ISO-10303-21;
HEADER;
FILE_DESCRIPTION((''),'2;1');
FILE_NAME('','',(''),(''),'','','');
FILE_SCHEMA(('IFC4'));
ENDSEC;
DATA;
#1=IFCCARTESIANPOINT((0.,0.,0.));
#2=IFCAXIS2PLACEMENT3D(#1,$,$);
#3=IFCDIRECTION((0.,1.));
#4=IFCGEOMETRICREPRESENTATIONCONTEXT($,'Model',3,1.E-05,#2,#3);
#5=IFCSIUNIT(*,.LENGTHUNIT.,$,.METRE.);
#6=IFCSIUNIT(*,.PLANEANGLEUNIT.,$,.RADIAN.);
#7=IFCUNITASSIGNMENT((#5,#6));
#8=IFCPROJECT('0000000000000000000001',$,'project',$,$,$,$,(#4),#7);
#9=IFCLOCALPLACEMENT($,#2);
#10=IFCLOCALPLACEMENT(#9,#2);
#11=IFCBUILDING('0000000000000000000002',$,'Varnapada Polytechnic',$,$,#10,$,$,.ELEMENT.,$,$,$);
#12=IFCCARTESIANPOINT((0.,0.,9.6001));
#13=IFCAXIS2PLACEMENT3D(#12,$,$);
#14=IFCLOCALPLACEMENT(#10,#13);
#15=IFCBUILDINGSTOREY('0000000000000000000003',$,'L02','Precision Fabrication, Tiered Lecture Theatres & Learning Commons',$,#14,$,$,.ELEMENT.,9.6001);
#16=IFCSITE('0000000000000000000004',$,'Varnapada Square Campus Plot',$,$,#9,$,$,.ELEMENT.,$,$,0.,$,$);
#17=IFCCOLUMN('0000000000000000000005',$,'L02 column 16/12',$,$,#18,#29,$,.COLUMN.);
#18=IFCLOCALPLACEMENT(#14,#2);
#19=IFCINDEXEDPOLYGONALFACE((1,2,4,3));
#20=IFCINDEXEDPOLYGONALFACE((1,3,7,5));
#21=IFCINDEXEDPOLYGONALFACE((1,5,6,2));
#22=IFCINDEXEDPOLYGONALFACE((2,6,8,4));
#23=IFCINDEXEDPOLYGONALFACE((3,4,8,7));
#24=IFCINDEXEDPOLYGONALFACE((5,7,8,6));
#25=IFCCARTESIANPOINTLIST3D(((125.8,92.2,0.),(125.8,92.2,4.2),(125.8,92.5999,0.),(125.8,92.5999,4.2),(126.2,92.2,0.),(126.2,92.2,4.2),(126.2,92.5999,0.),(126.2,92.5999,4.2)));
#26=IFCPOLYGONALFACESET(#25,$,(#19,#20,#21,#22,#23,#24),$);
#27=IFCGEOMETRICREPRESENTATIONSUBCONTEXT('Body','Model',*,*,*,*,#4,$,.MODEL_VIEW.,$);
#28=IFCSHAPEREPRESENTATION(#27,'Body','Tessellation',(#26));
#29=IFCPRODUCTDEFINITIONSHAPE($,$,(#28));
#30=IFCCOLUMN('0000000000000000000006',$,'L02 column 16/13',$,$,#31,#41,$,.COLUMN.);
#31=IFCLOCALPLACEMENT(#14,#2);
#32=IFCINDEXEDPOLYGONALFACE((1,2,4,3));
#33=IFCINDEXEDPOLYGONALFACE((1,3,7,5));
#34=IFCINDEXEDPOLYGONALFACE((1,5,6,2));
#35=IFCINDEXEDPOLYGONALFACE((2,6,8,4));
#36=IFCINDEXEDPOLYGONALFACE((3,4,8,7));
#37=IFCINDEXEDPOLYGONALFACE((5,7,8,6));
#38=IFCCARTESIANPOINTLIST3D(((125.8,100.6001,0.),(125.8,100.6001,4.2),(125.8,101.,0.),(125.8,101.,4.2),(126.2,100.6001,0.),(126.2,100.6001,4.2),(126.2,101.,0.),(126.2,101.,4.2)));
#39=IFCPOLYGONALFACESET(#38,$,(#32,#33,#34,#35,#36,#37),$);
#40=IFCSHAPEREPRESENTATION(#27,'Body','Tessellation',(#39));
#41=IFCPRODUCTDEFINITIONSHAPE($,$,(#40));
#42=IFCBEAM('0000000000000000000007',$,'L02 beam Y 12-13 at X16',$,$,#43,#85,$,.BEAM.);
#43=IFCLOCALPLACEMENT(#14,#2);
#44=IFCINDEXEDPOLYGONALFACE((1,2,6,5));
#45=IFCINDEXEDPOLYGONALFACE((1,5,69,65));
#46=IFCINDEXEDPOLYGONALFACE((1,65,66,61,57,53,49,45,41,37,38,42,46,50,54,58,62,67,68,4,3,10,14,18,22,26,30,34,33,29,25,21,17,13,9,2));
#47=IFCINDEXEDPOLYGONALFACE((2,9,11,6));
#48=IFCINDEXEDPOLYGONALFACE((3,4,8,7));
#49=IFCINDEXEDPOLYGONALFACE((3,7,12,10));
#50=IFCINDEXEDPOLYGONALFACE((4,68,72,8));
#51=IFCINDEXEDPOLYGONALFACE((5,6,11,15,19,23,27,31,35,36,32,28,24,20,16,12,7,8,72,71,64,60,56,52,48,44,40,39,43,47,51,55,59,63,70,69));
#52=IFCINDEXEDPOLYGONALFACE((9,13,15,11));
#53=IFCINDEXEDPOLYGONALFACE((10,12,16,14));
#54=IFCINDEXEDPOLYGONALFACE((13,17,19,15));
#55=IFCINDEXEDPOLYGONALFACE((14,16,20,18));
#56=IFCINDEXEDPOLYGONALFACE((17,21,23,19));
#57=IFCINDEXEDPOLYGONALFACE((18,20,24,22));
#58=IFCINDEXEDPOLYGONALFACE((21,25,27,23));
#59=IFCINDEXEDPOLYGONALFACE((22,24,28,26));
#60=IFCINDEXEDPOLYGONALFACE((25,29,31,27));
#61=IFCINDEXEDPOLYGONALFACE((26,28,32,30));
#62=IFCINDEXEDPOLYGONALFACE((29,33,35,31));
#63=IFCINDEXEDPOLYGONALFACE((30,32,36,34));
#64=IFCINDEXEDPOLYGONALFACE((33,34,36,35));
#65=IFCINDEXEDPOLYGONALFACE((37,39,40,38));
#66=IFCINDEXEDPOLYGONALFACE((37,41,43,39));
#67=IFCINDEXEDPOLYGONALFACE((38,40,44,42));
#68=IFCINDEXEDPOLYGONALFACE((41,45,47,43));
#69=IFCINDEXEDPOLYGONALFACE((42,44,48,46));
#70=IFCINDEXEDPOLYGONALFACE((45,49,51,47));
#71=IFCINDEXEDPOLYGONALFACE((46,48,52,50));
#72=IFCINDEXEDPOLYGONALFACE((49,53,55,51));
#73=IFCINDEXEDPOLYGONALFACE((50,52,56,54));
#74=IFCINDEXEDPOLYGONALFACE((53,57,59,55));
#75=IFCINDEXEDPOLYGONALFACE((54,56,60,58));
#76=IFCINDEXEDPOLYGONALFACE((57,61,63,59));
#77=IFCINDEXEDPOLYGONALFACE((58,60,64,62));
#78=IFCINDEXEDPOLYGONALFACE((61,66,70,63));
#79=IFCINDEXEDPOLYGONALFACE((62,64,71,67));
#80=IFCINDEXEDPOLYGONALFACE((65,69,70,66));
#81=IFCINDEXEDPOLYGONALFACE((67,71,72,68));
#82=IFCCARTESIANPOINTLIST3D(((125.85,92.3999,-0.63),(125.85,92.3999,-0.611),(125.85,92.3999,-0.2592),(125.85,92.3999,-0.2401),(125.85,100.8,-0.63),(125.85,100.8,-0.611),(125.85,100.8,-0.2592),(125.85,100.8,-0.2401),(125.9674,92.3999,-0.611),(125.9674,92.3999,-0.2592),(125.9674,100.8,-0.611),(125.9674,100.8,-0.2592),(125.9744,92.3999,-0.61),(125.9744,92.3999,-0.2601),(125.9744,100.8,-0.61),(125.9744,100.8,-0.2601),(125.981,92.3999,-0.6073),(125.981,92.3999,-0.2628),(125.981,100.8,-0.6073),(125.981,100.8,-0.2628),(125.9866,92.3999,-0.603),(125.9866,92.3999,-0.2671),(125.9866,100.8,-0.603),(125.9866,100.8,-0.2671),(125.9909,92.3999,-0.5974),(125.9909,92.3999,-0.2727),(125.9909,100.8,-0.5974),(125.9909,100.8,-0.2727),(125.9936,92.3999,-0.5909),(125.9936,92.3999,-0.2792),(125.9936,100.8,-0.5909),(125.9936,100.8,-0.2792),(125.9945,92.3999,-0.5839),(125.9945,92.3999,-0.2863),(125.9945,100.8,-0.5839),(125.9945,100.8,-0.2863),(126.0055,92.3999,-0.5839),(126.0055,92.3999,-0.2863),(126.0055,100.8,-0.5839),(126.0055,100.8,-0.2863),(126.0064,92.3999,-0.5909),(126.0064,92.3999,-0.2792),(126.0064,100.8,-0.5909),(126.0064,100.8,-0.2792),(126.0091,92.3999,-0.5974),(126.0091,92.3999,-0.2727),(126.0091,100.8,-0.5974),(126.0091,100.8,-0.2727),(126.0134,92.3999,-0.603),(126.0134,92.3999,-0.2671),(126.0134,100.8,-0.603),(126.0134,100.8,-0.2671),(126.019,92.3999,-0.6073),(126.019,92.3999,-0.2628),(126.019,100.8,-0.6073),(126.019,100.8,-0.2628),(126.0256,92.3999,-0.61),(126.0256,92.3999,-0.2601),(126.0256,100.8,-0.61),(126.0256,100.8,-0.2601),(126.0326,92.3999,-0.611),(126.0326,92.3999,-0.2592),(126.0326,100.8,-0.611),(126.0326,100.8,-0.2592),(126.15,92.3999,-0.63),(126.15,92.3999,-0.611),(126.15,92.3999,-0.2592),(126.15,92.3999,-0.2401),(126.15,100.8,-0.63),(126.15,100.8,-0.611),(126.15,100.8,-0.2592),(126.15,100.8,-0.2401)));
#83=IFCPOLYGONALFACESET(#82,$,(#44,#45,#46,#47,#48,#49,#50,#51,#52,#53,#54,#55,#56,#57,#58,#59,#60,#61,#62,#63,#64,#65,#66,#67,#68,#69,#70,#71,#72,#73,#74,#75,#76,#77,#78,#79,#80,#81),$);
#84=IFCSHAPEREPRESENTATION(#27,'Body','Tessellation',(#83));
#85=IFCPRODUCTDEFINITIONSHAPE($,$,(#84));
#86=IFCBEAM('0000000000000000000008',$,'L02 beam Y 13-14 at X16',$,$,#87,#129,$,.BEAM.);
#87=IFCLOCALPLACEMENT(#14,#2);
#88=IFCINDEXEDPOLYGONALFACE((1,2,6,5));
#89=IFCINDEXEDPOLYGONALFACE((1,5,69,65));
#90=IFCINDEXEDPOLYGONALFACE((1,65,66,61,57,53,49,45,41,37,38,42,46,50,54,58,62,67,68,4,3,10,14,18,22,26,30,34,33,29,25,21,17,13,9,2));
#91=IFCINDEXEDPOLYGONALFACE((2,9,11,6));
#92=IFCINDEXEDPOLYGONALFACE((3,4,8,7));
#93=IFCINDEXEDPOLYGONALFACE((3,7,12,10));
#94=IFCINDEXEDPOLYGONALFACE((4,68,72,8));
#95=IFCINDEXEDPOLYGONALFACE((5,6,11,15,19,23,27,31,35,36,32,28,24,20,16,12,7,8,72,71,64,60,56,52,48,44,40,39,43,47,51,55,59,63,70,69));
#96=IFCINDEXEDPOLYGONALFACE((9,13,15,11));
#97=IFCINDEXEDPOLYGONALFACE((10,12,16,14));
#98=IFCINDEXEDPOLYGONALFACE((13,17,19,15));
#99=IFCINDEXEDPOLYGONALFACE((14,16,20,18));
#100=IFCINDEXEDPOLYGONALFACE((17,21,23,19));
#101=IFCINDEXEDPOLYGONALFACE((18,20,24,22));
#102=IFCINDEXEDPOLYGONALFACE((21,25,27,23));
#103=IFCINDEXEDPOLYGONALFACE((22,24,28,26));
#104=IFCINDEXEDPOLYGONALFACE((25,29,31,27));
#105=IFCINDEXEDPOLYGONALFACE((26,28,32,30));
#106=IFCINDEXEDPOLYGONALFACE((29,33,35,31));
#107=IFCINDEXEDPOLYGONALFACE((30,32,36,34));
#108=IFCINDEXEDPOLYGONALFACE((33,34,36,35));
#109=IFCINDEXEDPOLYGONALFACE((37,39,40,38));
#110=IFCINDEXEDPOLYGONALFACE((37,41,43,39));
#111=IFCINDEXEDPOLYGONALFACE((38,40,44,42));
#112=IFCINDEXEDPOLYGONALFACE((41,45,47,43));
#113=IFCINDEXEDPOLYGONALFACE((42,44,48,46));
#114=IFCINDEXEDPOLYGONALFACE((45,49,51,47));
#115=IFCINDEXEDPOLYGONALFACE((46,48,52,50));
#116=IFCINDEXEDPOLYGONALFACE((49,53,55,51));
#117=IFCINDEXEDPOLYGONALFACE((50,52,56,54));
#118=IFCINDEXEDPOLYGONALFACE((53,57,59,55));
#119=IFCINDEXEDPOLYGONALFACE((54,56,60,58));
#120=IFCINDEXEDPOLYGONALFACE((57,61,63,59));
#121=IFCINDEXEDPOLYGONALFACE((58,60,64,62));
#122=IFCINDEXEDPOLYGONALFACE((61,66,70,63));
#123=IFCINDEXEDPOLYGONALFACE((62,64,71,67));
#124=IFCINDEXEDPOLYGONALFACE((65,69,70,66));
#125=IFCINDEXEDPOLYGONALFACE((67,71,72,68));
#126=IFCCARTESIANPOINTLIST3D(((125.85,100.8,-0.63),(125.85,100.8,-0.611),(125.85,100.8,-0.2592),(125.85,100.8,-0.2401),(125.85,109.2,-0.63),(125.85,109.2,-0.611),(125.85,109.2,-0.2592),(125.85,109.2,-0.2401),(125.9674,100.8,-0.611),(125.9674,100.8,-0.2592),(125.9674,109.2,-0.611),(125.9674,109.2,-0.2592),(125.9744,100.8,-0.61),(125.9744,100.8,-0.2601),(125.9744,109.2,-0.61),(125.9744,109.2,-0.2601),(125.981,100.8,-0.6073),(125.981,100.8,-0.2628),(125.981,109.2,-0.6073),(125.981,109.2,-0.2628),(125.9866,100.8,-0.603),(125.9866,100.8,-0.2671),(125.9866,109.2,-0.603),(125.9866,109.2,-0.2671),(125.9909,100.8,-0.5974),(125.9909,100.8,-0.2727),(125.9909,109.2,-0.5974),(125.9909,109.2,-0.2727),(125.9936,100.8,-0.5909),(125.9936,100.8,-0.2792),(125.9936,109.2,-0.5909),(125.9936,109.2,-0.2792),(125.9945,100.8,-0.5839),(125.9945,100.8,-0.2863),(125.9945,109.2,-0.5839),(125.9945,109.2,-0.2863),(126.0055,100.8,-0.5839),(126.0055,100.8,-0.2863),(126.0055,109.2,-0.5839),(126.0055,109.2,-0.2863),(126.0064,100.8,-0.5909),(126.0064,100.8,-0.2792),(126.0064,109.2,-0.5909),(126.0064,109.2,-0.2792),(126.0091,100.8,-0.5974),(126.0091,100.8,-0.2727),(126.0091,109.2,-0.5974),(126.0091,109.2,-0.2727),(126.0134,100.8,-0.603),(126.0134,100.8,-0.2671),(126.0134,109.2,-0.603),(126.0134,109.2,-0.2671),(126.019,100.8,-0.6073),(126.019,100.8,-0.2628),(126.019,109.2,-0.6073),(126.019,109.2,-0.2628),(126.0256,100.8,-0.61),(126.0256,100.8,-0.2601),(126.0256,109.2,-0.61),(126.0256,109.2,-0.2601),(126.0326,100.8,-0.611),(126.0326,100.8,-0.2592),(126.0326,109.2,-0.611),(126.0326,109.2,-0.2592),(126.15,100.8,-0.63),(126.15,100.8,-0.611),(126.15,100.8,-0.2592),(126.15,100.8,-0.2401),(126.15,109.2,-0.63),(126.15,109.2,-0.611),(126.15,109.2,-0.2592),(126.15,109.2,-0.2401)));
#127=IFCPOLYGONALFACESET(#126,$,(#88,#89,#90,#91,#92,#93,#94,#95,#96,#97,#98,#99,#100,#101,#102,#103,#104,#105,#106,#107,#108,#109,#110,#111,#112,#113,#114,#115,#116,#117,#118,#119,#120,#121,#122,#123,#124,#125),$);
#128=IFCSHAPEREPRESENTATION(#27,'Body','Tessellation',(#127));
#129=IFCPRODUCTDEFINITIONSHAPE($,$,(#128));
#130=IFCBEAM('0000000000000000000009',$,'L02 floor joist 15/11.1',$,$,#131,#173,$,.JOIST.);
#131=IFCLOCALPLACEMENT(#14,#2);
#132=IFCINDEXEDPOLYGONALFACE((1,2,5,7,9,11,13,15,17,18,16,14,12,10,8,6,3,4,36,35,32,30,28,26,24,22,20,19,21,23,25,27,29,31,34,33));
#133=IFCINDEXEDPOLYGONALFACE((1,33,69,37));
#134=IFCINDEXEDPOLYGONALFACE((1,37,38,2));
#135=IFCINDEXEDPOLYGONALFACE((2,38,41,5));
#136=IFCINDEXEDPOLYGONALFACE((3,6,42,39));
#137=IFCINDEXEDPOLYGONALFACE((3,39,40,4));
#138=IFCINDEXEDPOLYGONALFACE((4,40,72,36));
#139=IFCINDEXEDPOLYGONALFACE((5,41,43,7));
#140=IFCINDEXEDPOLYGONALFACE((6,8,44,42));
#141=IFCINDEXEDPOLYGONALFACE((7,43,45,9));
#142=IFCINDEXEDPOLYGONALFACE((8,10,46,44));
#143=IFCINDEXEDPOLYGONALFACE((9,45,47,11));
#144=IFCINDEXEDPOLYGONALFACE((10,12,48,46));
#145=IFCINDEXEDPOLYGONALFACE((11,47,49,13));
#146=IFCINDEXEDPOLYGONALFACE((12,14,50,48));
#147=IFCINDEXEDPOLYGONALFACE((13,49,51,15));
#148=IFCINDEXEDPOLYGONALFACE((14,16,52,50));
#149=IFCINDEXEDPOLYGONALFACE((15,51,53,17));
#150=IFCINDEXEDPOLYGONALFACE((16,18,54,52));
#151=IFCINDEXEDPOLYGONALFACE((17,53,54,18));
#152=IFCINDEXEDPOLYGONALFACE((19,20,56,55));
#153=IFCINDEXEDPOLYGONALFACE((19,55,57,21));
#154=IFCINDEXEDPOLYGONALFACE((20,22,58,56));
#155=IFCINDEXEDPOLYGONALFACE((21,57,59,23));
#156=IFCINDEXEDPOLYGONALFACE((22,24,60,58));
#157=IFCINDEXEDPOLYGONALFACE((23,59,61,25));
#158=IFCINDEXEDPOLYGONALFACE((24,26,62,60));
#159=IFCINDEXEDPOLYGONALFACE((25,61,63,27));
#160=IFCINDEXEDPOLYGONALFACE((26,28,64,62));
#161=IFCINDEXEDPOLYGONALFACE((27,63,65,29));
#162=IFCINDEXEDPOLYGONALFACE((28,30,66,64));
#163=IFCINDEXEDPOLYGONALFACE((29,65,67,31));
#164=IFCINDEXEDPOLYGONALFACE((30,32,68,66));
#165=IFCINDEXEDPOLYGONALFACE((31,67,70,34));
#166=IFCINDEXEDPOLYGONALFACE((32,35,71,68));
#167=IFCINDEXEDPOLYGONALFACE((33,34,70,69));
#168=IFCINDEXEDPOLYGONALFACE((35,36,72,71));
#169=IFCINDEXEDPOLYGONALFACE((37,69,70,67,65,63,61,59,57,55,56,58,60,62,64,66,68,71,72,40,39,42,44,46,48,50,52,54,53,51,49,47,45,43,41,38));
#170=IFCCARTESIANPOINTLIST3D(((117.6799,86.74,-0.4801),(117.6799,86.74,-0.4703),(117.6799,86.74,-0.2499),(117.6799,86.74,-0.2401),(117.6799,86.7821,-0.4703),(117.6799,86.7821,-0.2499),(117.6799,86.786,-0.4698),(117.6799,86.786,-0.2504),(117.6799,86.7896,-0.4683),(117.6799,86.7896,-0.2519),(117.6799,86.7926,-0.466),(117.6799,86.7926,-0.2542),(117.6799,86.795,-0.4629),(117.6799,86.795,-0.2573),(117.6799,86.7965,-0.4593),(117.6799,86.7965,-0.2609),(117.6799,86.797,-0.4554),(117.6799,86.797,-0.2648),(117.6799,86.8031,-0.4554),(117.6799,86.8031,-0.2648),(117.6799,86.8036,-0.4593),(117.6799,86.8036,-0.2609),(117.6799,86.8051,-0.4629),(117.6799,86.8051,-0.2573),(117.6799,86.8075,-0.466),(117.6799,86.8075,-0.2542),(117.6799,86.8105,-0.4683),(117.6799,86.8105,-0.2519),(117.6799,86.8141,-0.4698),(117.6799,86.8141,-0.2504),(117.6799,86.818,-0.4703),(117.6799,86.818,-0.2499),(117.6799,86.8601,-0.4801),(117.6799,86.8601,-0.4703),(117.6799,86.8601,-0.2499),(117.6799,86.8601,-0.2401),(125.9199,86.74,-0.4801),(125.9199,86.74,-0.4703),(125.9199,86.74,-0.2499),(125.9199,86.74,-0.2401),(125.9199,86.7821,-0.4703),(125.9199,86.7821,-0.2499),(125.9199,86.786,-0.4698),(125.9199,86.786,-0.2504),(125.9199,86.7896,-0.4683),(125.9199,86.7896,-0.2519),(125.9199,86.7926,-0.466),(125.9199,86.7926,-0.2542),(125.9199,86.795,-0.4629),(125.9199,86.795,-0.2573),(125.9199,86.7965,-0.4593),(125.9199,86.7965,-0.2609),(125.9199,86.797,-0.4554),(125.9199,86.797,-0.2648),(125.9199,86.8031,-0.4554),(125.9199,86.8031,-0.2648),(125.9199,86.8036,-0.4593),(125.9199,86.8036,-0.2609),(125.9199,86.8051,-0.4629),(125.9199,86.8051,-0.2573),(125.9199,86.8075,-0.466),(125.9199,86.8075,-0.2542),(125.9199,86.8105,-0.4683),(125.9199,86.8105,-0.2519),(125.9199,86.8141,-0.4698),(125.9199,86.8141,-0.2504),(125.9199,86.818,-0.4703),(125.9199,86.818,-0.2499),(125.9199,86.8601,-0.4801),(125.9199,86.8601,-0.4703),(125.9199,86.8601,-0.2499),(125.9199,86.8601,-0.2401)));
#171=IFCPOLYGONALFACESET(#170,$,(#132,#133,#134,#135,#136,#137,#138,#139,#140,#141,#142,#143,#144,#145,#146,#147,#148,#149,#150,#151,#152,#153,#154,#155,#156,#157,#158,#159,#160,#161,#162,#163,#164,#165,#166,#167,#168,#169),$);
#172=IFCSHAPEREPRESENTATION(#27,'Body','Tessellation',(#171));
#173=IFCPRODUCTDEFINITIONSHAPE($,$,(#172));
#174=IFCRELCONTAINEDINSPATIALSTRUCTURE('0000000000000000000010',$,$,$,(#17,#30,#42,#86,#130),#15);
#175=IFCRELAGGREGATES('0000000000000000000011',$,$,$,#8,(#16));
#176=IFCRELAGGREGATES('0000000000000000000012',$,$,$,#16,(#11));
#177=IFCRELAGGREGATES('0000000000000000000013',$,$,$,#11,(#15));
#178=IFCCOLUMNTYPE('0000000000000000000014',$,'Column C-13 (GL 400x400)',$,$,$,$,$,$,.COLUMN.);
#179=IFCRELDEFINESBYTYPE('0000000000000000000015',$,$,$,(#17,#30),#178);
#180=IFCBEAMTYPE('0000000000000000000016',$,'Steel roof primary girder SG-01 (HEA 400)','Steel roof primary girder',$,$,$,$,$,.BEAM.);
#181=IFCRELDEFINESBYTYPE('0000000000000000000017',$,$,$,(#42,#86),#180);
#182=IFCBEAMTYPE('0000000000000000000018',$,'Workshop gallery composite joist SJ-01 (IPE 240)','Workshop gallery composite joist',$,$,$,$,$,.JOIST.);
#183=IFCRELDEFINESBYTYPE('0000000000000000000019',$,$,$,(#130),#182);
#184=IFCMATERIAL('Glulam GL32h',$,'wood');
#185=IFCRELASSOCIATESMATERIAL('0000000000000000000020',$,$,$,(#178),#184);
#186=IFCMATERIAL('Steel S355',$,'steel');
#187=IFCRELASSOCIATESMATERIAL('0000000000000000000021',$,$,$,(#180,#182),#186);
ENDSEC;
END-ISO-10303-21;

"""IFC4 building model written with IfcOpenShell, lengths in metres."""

from ifc_helpers import new_model, si_unit, direction, frame, origin, origin_2d, place, context, subcontext, project, spatial, rectangle, i_section, extrude, material, material_profile, profile_set, type_object, element, save


model = new_model("IFC4")

# Units and contexts
model_context = context("Model", 3, precision=1e-05, world=origin(), true_north=direction((0.0, 1.0)))
body_context = subcontext(model_context, "Body", "Model", "MODEL_VIEW")
ifc_project = project(units=[si_unit("LENGTHUNIT", "METRE"), si_unit("PLANEANGLEUNIT", "RADIAN")], contexts=[model_context])

# Site, building, storey
site_placement = place(None, origin())
site = spatial("IfcSite", under=ifc_project, at=site_placement, Name="Varnapada Square Campus Plot", CompositionType="ELEMENT", RefElevation=0.0)
building_placement = place(site_placement, origin())
building = spatial("IfcBuilding", under=site, at=building_placement, Name="Varnapada Polytechnic", CompositionType="ELEMENT")
storey_placement = place(building_placement, frame((0.0, 0.0, 9.6001)))
storey = spatial("IfcBuildingStorey", under=building, at=storey_placement, Name="L02", Description="Precision Fabrication, Tiered Lecture Theatres & Learning Commons", CompositionType="ELEMENT", Elevation=9.6001)

# Columns
ifc_material_1 = material(Name="Glulam GL32h", Category="wood")
ifc_material_profile_1 = material_profile(ifc_material_1, rectangle(XDim=0.3999, YDim=0.3999, at=origin_2d()), Name="GL 400x400")
ifc_profile_set_1 = profile_set([ifc_material_profile_1], Name="Glulam GL32h")
column_type = type_object("IfcColumnType", Name="Column C-13 (GL 400x400)", PredefinedType="COLUMN", material=ifc_profile_set_1)
for number, where, z_axis, x_axis, name in (
    (1, (126.0, 92.3999, 0.0), (0.0, 0.0, 1.0), (1.0, 0.0, 0.0), "L02 column 16/12"),
    (2, (126.0, 100.8, 0.0), (0.0, 0.0, 1.0), (1.0, 0.0, 0.0), "L02 column 16/13"),
):
    element("IfcColumn", number, at=place(storey_placement, frame(where, z_axis=z_axis, x_axis=x_axis)), inside=storey, type_object=column_type, Name=name, PredefinedType="COLUMN", context=body_context, shape_type="SweptSolid", body=[
        extrude(rectangle(XDim=0.3999, YDim=0.3999, at=origin_2d()), origin(), (0.0, 0.0, 1.0), 4.2),
    ])

# Beams
ifc_material_2 = material(Name="Steel S355", Category="steel")
ifc_material_profile_2 = material_profile(ifc_material_2, i_section(OverallWidth=0.3, OverallDepth=0.3899, WebThickness=0.011, FlangeThickness=0.019, FilletRadius=0.0271, at=origin_2d()), Name="HEA 400")
ifc_profile_set_2 = profile_set([ifc_material_profile_2], Name="Steel S355")
beam_type_1 = type_object("IfcBeamType", Name="Steel roof primary girder SG-01 (HEA 400)", Description="Steel roof primary girder", PredefinedType="BEAM", material=ifc_profile_set_2)
beam_1_placement = place(storey_placement, frame((126.0, 92.3999, -0.4351), z_axis=(0.0, 1.0, 0.0), x_axis=(-1.0, 0.0, 0.0)))
element("IfcBeam", 3, at=beam_1_placement, inside=storey, type_object=beam_type_1, Name="L02 beam Y 12-13 at X16", PredefinedType="BEAM", context=body_context, shape_type="SweptSolid", body=[
    extrude(i_section(OverallWidth=0.3, OverallDepth=0.3899, WebThickness=0.011, FlangeThickness=0.019, FilletRadius=0.0271, at=origin_2d()), origin(), (0.0, 0.0, 1.0), 8.4001),
])
beam_2_placement = place(storey_placement, frame((126.0, 100.8, -0.4351), z_axis=(0.0, 1.0, 0.0), x_axis=(-1.0, 0.0, 0.0)))
element("IfcBeam", 4, at=beam_2_placement, inside=storey, type_object=beam_type_1, Name="L02 beam Y 13-14 at X16", PredefinedType="BEAM", context=body_context, shape_type="SweptSolid", body=[
    extrude(i_section(OverallWidth=0.3, OverallDepth=0.3899, WebThickness=0.011, FlangeThickness=0.019, FilletRadius=0.0271, at=origin_2d()), origin(), (0.0, 0.0, 1.0), 8.3999),
])
ifc_material_profile_3 = material_profile(ifc_material_2, i_section(OverallWidth=0.1201, OverallDepth=0.24, WebThickness=0.0061, FlangeThickness=0.0098, FilletRadius=0.0149, at=origin_2d()), Name="IPE 240")
ifc_profile_set_3 = profile_set([ifc_material_profile_3], Name="Steel S355")
beam_type_2 = type_object("IfcBeamType", Name="Workshop gallery composite joist SJ-01 (IPE 240)", Description="Workshop gallery composite joist", PredefinedType="JOIST", material=ifc_profile_set_3)
for number, where, z_axis, x_axis, name in (
    (5, (117.6799, 86.8, -0.3601), (1.0, 0.0, 0.0), (0.0, 1.0, 0.0), "L02 floor joist 15/11.1"),
):
    element("IfcBeam", number, at=place(storey_placement, frame(where, z_axis=z_axis, x_axis=x_axis)), inside=storey, type_object=beam_type_2, Name=name, PredefinedType="JOIST", context=body_context, shape_type="SweptSolid", body=[
        extrude(i_section(OverallWidth=0.1201, OverallDepth=0.24, WebThickness=0.0061, FlangeThickness=0.0098, FilletRadius=0.0149, at=origin_2d()), origin(), (0.0, 0.0, 1.0), 8.24),
    ])

save(model, "model.ifc")
